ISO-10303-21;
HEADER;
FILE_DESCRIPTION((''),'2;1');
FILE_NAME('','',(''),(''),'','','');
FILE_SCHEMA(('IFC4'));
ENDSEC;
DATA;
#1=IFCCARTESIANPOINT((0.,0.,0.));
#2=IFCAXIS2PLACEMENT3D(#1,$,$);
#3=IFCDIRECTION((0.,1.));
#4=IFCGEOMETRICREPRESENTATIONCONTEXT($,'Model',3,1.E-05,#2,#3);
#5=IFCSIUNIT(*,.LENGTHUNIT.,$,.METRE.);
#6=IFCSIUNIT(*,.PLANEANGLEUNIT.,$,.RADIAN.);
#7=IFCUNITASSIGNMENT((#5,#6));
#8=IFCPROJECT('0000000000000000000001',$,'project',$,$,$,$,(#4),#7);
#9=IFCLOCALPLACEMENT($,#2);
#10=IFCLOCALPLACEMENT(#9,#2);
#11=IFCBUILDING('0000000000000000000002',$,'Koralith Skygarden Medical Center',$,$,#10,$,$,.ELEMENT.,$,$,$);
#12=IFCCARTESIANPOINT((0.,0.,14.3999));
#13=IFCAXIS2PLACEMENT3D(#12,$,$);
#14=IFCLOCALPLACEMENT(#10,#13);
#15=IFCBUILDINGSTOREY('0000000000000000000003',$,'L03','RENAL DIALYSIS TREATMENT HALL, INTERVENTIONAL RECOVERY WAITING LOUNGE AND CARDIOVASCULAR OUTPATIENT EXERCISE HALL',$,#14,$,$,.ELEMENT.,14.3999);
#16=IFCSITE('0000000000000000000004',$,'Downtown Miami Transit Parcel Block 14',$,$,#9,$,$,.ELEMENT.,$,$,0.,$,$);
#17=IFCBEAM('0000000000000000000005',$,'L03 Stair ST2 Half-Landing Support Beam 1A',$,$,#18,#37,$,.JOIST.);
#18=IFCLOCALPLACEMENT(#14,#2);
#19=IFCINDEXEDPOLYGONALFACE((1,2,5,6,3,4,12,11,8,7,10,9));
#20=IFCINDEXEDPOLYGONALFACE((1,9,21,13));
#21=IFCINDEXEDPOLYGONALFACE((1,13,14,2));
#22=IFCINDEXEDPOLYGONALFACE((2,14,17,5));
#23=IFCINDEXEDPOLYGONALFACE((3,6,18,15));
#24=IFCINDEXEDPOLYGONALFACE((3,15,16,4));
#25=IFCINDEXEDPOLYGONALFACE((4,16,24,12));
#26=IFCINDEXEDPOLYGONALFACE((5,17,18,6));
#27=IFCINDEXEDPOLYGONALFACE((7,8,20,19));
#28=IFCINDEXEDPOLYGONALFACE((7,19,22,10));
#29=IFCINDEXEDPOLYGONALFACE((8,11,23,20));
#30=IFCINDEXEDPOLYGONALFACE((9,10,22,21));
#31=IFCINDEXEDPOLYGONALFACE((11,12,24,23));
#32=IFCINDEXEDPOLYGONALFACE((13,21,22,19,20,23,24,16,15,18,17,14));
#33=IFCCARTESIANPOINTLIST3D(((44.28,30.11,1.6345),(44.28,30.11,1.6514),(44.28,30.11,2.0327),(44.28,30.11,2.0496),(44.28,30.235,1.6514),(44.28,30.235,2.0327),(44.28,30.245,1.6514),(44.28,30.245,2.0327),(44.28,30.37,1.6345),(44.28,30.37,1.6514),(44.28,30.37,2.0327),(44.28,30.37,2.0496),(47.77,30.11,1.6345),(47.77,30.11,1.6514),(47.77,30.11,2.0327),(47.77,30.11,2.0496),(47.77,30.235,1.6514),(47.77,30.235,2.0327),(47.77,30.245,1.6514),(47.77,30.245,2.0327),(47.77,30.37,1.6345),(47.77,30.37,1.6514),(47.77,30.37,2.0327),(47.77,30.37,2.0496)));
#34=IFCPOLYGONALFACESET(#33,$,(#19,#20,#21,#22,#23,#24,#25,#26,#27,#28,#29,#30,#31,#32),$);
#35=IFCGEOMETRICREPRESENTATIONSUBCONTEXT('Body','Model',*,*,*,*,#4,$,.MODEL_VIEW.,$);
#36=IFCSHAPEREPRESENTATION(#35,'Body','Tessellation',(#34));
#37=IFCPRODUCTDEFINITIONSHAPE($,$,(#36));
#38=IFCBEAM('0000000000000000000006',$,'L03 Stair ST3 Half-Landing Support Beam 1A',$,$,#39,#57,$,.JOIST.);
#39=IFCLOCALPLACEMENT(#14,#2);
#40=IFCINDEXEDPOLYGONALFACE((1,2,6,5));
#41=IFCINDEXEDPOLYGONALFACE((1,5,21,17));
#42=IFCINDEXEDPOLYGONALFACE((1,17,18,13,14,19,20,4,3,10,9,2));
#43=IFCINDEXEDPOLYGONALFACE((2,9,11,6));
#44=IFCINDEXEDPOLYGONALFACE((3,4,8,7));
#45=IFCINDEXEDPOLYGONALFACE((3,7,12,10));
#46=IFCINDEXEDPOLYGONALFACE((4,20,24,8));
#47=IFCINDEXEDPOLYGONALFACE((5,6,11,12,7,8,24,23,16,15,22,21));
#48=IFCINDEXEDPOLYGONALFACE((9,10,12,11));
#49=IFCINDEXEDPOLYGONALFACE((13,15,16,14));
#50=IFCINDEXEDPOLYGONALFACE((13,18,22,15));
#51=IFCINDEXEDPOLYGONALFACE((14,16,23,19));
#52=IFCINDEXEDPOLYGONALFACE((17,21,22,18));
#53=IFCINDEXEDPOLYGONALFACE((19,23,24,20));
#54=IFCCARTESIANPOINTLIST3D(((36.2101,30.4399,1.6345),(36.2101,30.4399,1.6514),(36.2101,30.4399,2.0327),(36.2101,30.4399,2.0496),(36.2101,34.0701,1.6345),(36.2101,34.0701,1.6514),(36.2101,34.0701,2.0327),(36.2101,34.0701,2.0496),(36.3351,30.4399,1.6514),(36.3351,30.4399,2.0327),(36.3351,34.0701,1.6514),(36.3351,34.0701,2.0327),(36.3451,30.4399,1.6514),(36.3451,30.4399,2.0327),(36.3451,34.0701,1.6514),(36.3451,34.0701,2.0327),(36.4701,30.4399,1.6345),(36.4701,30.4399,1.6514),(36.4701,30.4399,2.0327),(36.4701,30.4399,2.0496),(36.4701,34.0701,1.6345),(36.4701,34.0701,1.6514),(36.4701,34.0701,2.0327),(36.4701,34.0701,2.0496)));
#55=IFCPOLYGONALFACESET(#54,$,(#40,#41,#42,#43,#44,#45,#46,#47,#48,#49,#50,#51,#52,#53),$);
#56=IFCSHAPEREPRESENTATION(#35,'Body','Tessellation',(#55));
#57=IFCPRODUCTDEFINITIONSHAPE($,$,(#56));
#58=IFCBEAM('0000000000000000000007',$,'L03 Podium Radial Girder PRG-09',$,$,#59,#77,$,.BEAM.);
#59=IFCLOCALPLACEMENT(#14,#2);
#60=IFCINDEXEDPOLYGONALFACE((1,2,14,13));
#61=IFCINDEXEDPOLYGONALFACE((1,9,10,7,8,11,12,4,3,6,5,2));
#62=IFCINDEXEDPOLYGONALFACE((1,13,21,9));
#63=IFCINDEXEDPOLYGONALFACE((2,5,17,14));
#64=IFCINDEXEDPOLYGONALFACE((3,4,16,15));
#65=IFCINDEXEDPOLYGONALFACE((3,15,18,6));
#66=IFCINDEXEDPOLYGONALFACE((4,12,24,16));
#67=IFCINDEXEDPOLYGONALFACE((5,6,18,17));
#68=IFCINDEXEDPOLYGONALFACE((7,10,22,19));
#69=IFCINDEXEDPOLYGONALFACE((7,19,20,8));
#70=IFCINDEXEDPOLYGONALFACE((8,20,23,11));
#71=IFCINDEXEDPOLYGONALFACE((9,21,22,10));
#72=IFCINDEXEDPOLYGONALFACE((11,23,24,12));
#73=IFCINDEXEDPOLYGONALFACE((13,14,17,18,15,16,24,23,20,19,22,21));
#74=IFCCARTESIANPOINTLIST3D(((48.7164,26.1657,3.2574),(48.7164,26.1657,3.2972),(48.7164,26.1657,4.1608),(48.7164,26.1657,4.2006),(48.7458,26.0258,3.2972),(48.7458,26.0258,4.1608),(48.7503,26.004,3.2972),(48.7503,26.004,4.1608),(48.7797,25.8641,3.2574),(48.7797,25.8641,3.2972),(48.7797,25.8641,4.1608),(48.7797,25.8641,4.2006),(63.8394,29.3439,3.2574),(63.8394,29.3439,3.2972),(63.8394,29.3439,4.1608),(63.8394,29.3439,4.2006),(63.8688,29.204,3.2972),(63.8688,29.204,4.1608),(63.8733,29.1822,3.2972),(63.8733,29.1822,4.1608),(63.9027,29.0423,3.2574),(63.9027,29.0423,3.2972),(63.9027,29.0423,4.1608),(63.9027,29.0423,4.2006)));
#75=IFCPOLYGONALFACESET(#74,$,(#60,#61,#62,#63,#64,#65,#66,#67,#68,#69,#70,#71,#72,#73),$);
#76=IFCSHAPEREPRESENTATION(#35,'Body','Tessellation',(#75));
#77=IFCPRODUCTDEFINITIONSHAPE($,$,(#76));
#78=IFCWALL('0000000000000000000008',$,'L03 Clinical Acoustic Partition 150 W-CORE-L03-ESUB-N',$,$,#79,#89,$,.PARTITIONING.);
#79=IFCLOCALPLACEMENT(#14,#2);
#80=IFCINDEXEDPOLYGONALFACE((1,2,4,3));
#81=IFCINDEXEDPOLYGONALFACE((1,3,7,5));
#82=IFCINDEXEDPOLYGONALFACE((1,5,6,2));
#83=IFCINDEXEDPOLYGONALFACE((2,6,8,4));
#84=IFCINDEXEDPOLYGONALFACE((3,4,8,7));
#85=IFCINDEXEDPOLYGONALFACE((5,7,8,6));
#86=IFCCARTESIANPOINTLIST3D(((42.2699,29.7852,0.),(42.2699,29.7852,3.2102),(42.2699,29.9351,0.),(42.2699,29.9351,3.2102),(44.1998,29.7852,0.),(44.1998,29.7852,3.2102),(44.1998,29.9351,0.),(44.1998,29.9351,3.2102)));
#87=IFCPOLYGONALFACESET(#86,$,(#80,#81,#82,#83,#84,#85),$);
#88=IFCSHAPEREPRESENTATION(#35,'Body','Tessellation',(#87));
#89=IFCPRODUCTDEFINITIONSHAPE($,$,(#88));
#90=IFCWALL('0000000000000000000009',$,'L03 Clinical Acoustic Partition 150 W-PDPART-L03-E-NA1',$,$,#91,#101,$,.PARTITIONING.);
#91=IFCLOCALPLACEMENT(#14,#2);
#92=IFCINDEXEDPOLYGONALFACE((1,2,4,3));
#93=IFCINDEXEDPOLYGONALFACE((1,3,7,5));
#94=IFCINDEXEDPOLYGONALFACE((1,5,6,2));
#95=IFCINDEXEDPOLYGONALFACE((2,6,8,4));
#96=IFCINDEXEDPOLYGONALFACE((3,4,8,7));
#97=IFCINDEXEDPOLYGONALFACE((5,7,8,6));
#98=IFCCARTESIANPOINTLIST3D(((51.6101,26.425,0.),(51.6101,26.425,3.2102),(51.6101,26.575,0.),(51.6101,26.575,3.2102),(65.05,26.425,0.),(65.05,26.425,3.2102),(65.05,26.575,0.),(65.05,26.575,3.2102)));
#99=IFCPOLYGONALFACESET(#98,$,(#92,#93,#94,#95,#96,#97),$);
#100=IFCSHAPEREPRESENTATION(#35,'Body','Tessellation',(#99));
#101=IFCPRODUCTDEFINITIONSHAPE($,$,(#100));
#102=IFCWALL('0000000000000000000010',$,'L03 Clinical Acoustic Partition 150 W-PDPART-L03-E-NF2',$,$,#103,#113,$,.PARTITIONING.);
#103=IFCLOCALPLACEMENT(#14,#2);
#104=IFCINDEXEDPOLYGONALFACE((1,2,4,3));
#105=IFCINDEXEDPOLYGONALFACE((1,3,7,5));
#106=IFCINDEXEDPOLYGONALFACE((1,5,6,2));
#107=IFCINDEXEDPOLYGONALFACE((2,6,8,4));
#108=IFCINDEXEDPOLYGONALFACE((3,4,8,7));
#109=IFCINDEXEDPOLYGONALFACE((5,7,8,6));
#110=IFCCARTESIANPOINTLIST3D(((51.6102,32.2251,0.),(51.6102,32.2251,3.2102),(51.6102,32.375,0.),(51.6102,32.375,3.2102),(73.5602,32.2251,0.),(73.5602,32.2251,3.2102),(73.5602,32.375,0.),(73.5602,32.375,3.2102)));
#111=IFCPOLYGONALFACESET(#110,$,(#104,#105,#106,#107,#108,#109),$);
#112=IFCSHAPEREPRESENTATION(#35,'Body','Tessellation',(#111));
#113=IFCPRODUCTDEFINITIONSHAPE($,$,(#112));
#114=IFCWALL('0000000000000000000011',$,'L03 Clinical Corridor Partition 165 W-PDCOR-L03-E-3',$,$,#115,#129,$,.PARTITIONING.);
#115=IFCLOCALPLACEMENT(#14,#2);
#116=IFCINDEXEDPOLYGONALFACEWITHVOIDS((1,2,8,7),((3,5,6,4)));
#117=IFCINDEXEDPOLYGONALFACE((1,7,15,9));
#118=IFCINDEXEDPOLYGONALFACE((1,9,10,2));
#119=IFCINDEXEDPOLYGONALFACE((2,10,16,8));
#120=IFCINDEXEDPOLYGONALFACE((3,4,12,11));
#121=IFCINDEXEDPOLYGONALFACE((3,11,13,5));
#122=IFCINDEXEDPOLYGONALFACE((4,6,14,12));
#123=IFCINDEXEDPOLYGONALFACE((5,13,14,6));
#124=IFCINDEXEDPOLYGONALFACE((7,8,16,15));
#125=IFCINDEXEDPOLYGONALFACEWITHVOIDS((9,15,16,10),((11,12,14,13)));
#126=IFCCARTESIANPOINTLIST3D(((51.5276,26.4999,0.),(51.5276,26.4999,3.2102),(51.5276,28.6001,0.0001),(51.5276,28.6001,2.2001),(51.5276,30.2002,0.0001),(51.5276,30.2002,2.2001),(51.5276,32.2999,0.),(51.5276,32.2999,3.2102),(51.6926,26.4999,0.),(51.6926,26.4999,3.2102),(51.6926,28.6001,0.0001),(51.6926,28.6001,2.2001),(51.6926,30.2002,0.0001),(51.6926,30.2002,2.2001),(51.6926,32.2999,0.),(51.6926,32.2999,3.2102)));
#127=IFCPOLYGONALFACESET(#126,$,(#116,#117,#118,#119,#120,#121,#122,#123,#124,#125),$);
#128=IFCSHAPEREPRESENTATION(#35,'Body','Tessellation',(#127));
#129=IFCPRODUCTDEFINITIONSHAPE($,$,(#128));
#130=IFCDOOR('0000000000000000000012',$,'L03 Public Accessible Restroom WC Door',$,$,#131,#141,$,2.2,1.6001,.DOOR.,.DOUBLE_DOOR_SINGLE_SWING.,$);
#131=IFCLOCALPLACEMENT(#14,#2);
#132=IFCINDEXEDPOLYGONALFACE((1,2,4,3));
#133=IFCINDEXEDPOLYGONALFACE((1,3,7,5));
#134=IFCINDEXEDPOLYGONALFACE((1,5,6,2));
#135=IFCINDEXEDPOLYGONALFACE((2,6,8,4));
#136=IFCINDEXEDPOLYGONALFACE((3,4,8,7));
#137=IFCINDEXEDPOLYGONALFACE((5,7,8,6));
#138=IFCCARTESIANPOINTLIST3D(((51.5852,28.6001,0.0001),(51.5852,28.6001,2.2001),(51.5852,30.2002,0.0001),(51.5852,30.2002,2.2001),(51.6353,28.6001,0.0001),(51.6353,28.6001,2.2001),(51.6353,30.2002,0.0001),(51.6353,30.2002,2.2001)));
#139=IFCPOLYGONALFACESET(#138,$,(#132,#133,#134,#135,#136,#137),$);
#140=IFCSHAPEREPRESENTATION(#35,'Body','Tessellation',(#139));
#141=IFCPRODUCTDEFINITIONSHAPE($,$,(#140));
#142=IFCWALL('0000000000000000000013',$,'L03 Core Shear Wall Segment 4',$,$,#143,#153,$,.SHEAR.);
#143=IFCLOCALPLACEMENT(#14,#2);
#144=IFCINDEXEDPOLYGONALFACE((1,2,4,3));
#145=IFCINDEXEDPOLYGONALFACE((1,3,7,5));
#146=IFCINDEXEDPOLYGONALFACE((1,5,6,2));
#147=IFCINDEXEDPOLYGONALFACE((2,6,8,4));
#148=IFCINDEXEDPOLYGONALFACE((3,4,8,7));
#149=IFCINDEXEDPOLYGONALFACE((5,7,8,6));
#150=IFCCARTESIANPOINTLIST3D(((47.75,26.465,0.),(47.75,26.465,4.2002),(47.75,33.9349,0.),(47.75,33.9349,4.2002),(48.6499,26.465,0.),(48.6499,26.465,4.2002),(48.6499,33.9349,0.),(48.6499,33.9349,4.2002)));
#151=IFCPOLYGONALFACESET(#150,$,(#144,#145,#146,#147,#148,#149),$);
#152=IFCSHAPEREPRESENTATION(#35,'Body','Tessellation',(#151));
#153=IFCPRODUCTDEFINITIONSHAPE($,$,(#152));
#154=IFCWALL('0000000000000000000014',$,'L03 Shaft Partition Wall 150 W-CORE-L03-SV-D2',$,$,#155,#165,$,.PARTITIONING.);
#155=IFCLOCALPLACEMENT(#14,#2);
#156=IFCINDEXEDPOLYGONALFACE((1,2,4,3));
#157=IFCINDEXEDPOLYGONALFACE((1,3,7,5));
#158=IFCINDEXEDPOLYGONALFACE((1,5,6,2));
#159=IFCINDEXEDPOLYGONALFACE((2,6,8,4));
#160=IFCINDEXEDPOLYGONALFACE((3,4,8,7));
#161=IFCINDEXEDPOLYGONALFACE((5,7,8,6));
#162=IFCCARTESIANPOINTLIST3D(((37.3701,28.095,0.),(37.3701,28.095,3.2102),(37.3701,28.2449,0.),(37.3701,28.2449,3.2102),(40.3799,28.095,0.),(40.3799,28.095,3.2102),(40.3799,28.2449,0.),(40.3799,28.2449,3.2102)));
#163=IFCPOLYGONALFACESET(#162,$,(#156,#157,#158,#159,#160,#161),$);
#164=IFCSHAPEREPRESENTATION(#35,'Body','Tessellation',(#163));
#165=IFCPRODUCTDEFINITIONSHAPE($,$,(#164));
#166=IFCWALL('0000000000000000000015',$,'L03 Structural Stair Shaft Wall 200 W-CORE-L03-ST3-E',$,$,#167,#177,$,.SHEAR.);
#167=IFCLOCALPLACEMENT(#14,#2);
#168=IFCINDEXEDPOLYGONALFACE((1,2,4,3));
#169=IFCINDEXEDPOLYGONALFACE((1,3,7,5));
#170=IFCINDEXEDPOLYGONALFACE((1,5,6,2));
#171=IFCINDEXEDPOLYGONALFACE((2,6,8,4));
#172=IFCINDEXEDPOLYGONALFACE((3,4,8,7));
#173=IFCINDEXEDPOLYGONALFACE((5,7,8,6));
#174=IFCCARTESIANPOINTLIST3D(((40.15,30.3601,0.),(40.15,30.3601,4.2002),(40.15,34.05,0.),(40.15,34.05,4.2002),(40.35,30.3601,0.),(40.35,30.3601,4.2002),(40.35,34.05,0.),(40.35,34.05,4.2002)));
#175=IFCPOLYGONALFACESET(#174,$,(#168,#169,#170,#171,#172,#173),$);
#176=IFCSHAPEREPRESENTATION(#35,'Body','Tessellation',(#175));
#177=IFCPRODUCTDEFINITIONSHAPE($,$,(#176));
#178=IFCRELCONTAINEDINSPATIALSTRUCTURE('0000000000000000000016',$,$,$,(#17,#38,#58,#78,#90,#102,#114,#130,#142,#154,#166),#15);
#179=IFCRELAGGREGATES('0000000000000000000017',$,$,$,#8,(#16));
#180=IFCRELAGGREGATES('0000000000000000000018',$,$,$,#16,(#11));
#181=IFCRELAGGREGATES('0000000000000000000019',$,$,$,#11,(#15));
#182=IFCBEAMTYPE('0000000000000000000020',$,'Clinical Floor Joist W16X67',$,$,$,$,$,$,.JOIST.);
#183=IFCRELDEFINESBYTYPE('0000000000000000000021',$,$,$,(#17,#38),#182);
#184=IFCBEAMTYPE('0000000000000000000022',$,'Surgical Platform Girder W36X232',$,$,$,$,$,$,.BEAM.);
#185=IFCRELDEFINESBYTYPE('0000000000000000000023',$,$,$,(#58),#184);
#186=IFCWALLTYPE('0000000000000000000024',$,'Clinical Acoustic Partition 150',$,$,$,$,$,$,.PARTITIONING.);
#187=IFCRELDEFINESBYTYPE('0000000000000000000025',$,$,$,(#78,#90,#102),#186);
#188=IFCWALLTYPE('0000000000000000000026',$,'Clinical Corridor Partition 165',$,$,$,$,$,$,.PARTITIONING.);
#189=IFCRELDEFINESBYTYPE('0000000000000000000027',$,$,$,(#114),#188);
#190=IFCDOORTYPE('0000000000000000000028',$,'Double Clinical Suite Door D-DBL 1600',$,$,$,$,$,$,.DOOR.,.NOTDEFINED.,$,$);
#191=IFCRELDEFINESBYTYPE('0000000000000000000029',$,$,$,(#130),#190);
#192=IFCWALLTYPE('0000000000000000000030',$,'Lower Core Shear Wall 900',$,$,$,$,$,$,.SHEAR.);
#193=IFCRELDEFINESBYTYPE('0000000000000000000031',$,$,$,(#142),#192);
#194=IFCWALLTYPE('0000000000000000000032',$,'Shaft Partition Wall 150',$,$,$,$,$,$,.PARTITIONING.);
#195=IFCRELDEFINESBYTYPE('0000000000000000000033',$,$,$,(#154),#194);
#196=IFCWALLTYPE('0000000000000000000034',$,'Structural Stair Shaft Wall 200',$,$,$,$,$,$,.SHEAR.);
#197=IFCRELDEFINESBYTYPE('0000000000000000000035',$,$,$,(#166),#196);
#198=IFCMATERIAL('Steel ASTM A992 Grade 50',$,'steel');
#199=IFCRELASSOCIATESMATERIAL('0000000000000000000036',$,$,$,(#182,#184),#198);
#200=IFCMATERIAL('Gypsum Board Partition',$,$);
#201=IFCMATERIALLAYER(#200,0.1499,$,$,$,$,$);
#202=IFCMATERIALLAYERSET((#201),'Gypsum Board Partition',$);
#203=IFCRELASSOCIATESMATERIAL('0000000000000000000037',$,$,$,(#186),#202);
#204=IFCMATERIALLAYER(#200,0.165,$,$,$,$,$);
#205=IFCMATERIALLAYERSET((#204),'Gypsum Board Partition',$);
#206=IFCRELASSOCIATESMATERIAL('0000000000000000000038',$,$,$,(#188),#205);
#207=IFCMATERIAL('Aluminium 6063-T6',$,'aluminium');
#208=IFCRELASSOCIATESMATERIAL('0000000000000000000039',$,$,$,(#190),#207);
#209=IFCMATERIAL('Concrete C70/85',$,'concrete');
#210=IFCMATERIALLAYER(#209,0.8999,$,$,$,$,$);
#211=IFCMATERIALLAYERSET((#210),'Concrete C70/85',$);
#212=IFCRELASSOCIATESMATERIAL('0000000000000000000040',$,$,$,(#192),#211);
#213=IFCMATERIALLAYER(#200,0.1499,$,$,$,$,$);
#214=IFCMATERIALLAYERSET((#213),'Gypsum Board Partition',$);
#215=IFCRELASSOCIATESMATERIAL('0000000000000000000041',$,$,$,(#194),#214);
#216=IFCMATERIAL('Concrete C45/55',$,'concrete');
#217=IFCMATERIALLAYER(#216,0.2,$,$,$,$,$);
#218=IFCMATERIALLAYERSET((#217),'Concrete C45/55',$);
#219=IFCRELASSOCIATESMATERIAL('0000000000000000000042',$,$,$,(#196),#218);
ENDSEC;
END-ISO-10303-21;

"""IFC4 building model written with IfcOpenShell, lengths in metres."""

from ifc_helpers import new_model, si_unit, direction, frame, frame_2d, origin, origin_2d, place, context, subcontext, project, spatial, rectangle, i_section, extrude, material, layer, layer_set, material_profile, profile_set, type_object, element, fill, save


model = new_model("IFC4")

# Units and contexts
model_context = context("Model", 3, precision=1e-05, world=origin(), true_north=direction((0.0, 1.0)))
body_context = subcontext(model_context, "Body", "Model", "MODEL_VIEW")
ifc_project = project(units=[si_unit("LENGTHUNIT", "METRE"), si_unit("PLANEANGLEUNIT", "RADIAN")], contexts=[model_context])

# Site, building, storey
site_placement = place(None, origin())
site = spatial("IfcSite", under=ifc_project, at=site_placement, Name="Downtown Miami Transit Parcel Block 14", CompositionType="ELEMENT", RefElevation=0.0)
building_placement = place(site_placement, origin())
building = spatial("IfcBuilding", under=site, at=building_placement, Name="Koralith Skygarden Medical Center", CompositionType="ELEMENT")
storey_placement = place(building_placement, frame((0.0, 0.0, 14.3999)))
storey = spatial("IfcBuildingStorey", under=building, at=storey_placement, Name="L03", Description="RENAL DIALYSIS TREATMENT HALL, INTERVENTIONAL RECOVERY WAITING LOUNGE AND CARDIOVASCULAR OUTPATIENT EXERCISE HALL", CompositionType="ELEMENT", Elevation=14.3999)

# Beams
ifc_material_1 = material(Name="Steel ASTM A992 Grade 50", Category="steel")
ifc_material_profile_1 = material_profile(ifc_material_1, i_section(OverallWidth=0.26, OverallDepth=0.415, WebThickness=0.01, FlangeThickness=0.0168, at=origin_2d()), Name="W16X67")
ifc_profile_set_1 = profile_set([ifc_material_profile_1], Name="Steel ASTM A992 Grade 50")
beam_type_1 = type_object("IfcBeamType", Name="Clinical Floor Joist W16X67", PredefinedType="JOIST", material=ifc_profile_set_1)
beam_1_placement = place(storey_placement, frame((44.28, 30.24, 1.842), z_axis=(1.0, 0.0, 0.0), x_axis=(0.0, 1.0, 0.0)))
element("IfcBeam", 1, at=beam_1_placement, inside=storey, type_object=beam_type_1, Name="L03 Stair ST2 Half-Landing Support Beam 1A", PredefinedType="JOIST", context=body_context, shape_type="SweptSolid", body=[
    extrude(i_section(OverallWidth=0.26, OverallDepth=0.415, WebThickness=0.01, FlangeThickness=0.0168, at=origin_2d()), origin(), (0.0, 0.0, 1.0), 3.49),
])
beam_2_placement = place(storey_placement, frame((36.3401, 30.4399, 1.842), z_axis=(0.0, 1.0, 0.0), x_axis=(-1.0, 0.0, 0.0)))
element("IfcBeam", 2, at=beam_2_placement, inside=storey, type_object=beam_type_1, Name="L03 Stair ST3 Half-Landing Support Beam 1A", PredefinedType="JOIST", context=body_context, shape_type="SweptSolid", body=[
    extrude(i_section(OverallWidth=0.26, OverallDepth=0.415, WebThickness=0.01, FlangeThickness=0.0168, at=origin_2d()), origin(), (0.0, 0.0, 1.0), 3.6301),
])
ifc_material_profile_2 = material_profile(ifc_material_1, i_section(OverallWidth=0.3081, OverallDepth=0.9431, WebThickness=0.0222, FlangeThickness=0.0398, at=origin_2d()), Name="W36X232")
ifc_profile_set_2 = profile_set([ifc_material_profile_2], Name="Steel ASTM A992 Grade 50")
beam_type_2 = type_object("IfcBeamType", Name="Surgical Platform Girder W36X232", PredefinedType="BEAM", material=ifc_profile_set_2)
beam_3_placement = place(storey_placement, frame((48.748, 26.0149, 3.729), z_axis=(0.978622, 0.205665, 0.0), x_axis=(-0.205665, 0.978622, 0.0)))
element("IfcBeam", 3, at=beam_3_placement, inside=storey, type_object=beam_type_2, Name="L03 Podium Radial Girder PRG-09", PredefinedType="BEAM", context=body_context, shape_type="SweptSolid", body=[
    extrude(i_section(OverallWidth=0.3081, OverallDepth=0.9431, WebThickness=0.0222, FlangeThickness=0.0398, at=origin_2d()), origin(), (0.0, 0.0, 1.0), 15.4534),
])

# Walls
ifc_material_2 = material(Name="Gypsum Board Partition")
ifc_layer_1 = layer(ifc_material_2, 0.1499)
ifc_layer_set_1 = layer_set([ifc_layer_1], Name="Gypsum Board Partition")
wall_type_1 = type_object("IfcWallType", Name="Clinical Acoustic Partition 150", PredefinedType="PARTITIONING", material=ifc_layer_set_1)
wall_1_placement = place(storey_placement, frame((42.27, 29.8601, 0.0), z_axis=(0.0, 0.0, 1.0), x_axis=(1.0, 0.0, 0.0)))
element("IfcWall", 4, at=wall_1_placement, inside=storey, type_object=wall_type_1, Name="L03 Clinical Acoustic Partition 150 W-CORE-L03-ESUB-N", PredefinedType="PARTITIONING", context=body_context, shape_type="SweptSolid", body=[
    extrude(rectangle(XDim=1.9299, YDim=0.1499, at=frame_2d((0.9648, 0.0))), origin(), (0.0, 0.0, 1.0), 3.2102),
])
wall_2_placement = place(storey_placement, frame((51.6101, 26.5, 0.0), z_axis=(0.0, 0.0, 1.0), x_axis=(1.0, 0.0, 0.0)))
element("IfcWall", 5, at=wall_2_placement, inside=storey, type_object=wall_type_1, Name="L03 Clinical Acoustic Partition 150 W-PDPART-L03-E-NA1", PredefinedType="PARTITIONING", context=body_context, shape_type="SweptSolid", body=[
    extrude(rectangle(XDim=13.4399, YDim=0.1499, at=frame_2d((6.72, 0.0))), origin(), (0.0, 0.0, 1.0), 3.2102),
])
wall_3_placement = place(storey_placement, frame((51.6101, 32.3, 0.0), z_axis=(0.0, 0.0, 1.0), x_axis=(1.0, 0.0, 0.0)))
element("IfcWall", 6, at=wall_3_placement, inside=storey, type_object=wall_type_1, Name="L03 Clinical Acoustic Partition 150 W-PDPART-L03-E-NF2", PredefinedType="PARTITIONING", context=body_context, shape_type="SweptSolid", body=[
    extrude(rectangle(XDim=21.95, YDim=0.1499, at=frame_2d((10.9751, 0.0))), origin(), (0.0, 0.0, 1.0), 3.2102),
])

# Wall, opening, door
ifc_layer_2 = layer(ifc_material_2, 0.165)
ifc_layer_set_2 = layer_set([ifc_layer_2], Name="Gypsum Board Partition")
wall_type_2 = type_object("IfcWallType", Name="Clinical Corridor Partition 165", PredefinedType="PARTITIONING", material=ifc_layer_set_2)
wall_4_placement = place(storey_placement, frame((51.6101, 26.5, 0.0), z_axis=(0.0, 0.0, 1.0), x_axis=(0.0, 1.0, 0.0)))
wall_4 = element("IfcWall", 7, at=wall_4_placement, inside=storey, type_object=wall_type_2, Name="L03 Clinical Corridor Partition 165 W-PDCOR-L03-E-3", PredefinedType="PARTITIONING", context=body_context, shape_type="SweptSolid", body=[
    extrude(rectangle(XDim=5.8, YDim=0.165, at=frame_2d((2.8999, 0.0))), origin(), (0.0, 0.0, 1.0), 3.2102),
])
opening_placement = place(wall_4_placement, frame((2.1001, 0.0, 0.0)))
opening = element("IfcOpeningElement", 8, at=opening_placement, cuts=wall_4, PredefinedType="OPENING", context=body_context, shape_type="SweptSolid", body=[
    extrude(rectangle(XDim=1.6001, YDim=2.2, at=frame_2d((0.8, 1.1001))), frame((0.0, 0.0925, 0.0), z_axis=(0.0, -1.0, 0.0), x_axis=(1.0, 0.0, 0.0)), (0.0, 0.0, 1.0), 0.1851),
])
ifc_material_3 = material(Name="Aluminium 6063-T6", Category="aluminium")
door_type = type_object("IfcDoorType", Name="Double Clinical Suite Door D-DBL 1600", OperationType="NOTDEFINED", PredefinedType="DOOR", material=ifc_material_3)
door_placement = place(opening_placement, origin())
door = element("IfcDoor", 9, at=door_placement, inside=storey, type_object=door_type, Name="L03 Public Accessible Restroom WC Door", OperationType="DOUBLE_DOOR_SINGLE_SWING", OverallHeight=2.2, OverallWidth=1.6001, PredefinedType="DOOR", context=body_context, shape_type="SweptSolid", body=[
    extrude(rectangle(XDim=1.6001, YDim=2.2, at=frame_2d((0.8, 1.1001))), frame((0.0, 0.0249, 0.0), z_axis=(0.0, -1.0, 0.0), x_axis=(1.0, 0.0, 0.0)), (0.0, 0.0, 1.0), 0.05),
])
fill(opening, door)

# Walls
ifc_material_4 = material(Name="Concrete C70/85", Category="concrete")
ifc_layer_3 = layer(ifc_material_4, 0.8999)
ifc_layer_set_3 = layer_set([ifc_layer_3], Name="Concrete C70/85")
wall_type_3 = type_object("IfcWallType", Name="Lower Core Shear Wall 900", PredefinedType="SHEAR", material=ifc_layer_set_3)
wall_5_placement = place(storey_placement, frame((48.2, 26.4651, 0.0), z_axis=(0.0, 0.0, 1.0), x_axis=(0.0, 1.0, 0.0)))
element("IfcWall", 10, at=wall_5_placement, inside=storey, type_object=wall_type_3, Name="L03 Core Shear Wall Segment 4", PredefinedType="SHEAR", context=body_context, shape_type="SweptSolid", body=[
    extrude(rectangle(XDim=7.47, YDim=0.8999, at=frame_2d((3.7349, 0.0))), origin(), (0.0, 0.0, 1.0), 4.2002),
])
ifc_layer_4 = layer(ifc_material_2, 0.1499)
ifc_layer_set_4 = layer_set([ifc_layer_4], Name="Gypsum Board Partition")
wall_type_4 = type_object("IfcWallType", Name="Shaft Partition Wall 150", PredefinedType="PARTITIONING", material=ifc_layer_set_4)
wall_6_placement = place(storey_placement, frame((37.3701, 28.1699, 0.0), z_axis=(0.0, 0.0, 1.0), x_axis=(1.0, 0.0, 0.0)))
element("IfcWall", 11, at=wall_6_placement, inside=storey, type_object=wall_type_4, Name="L03 Shaft Partition Wall 150 W-CORE-L03-SV-D2", PredefinedType="PARTITIONING", context=body_context, shape_type="SweptSolid", body=[
    extrude(rectangle(XDim=3.0098, YDim=0.1499, at=frame_2d((1.5049, 0.0))), origin(), (0.0, 0.0, 1.0), 3.2102),
])
ifc_material_5 = material(Name="Concrete C45/55", Category="concrete")
ifc_layer_5 = layer(ifc_material_5, 0.2)
ifc_layer_set_5 = layer_set([ifc_layer_5], Name="Concrete C45/55")
wall_type_5 = type_object("IfcWallType", Name="Structural Stair Shaft Wall 200", PredefinedType="SHEAR", material=ifc_layer_set_5)
wall_7_placement = place(storey_placement, frame((40.25, 30.3601, 0.0), z_axis=(0.0, 0.0, 1.0), x_axis=(0.0, 1.0, 0.0)))
element("IfcWall", 12, at=wall_7_placement, inside=storey, type_object=wall_type_5, Name="L03 Structural Stair Shaft Wall 200 W-CORE-L03-ST3-E", PredefinedType="SHEAR", context=body_context, shape_type="SweptSolid", body=[
    extrude(rectangle(XDim=3.6899, YDim=0.2, at=frame_2d((1.845, 0.0))), origin(), (0.0, 0.0, 1.0), 4.2002),
])

save(model, "model.ifc")
